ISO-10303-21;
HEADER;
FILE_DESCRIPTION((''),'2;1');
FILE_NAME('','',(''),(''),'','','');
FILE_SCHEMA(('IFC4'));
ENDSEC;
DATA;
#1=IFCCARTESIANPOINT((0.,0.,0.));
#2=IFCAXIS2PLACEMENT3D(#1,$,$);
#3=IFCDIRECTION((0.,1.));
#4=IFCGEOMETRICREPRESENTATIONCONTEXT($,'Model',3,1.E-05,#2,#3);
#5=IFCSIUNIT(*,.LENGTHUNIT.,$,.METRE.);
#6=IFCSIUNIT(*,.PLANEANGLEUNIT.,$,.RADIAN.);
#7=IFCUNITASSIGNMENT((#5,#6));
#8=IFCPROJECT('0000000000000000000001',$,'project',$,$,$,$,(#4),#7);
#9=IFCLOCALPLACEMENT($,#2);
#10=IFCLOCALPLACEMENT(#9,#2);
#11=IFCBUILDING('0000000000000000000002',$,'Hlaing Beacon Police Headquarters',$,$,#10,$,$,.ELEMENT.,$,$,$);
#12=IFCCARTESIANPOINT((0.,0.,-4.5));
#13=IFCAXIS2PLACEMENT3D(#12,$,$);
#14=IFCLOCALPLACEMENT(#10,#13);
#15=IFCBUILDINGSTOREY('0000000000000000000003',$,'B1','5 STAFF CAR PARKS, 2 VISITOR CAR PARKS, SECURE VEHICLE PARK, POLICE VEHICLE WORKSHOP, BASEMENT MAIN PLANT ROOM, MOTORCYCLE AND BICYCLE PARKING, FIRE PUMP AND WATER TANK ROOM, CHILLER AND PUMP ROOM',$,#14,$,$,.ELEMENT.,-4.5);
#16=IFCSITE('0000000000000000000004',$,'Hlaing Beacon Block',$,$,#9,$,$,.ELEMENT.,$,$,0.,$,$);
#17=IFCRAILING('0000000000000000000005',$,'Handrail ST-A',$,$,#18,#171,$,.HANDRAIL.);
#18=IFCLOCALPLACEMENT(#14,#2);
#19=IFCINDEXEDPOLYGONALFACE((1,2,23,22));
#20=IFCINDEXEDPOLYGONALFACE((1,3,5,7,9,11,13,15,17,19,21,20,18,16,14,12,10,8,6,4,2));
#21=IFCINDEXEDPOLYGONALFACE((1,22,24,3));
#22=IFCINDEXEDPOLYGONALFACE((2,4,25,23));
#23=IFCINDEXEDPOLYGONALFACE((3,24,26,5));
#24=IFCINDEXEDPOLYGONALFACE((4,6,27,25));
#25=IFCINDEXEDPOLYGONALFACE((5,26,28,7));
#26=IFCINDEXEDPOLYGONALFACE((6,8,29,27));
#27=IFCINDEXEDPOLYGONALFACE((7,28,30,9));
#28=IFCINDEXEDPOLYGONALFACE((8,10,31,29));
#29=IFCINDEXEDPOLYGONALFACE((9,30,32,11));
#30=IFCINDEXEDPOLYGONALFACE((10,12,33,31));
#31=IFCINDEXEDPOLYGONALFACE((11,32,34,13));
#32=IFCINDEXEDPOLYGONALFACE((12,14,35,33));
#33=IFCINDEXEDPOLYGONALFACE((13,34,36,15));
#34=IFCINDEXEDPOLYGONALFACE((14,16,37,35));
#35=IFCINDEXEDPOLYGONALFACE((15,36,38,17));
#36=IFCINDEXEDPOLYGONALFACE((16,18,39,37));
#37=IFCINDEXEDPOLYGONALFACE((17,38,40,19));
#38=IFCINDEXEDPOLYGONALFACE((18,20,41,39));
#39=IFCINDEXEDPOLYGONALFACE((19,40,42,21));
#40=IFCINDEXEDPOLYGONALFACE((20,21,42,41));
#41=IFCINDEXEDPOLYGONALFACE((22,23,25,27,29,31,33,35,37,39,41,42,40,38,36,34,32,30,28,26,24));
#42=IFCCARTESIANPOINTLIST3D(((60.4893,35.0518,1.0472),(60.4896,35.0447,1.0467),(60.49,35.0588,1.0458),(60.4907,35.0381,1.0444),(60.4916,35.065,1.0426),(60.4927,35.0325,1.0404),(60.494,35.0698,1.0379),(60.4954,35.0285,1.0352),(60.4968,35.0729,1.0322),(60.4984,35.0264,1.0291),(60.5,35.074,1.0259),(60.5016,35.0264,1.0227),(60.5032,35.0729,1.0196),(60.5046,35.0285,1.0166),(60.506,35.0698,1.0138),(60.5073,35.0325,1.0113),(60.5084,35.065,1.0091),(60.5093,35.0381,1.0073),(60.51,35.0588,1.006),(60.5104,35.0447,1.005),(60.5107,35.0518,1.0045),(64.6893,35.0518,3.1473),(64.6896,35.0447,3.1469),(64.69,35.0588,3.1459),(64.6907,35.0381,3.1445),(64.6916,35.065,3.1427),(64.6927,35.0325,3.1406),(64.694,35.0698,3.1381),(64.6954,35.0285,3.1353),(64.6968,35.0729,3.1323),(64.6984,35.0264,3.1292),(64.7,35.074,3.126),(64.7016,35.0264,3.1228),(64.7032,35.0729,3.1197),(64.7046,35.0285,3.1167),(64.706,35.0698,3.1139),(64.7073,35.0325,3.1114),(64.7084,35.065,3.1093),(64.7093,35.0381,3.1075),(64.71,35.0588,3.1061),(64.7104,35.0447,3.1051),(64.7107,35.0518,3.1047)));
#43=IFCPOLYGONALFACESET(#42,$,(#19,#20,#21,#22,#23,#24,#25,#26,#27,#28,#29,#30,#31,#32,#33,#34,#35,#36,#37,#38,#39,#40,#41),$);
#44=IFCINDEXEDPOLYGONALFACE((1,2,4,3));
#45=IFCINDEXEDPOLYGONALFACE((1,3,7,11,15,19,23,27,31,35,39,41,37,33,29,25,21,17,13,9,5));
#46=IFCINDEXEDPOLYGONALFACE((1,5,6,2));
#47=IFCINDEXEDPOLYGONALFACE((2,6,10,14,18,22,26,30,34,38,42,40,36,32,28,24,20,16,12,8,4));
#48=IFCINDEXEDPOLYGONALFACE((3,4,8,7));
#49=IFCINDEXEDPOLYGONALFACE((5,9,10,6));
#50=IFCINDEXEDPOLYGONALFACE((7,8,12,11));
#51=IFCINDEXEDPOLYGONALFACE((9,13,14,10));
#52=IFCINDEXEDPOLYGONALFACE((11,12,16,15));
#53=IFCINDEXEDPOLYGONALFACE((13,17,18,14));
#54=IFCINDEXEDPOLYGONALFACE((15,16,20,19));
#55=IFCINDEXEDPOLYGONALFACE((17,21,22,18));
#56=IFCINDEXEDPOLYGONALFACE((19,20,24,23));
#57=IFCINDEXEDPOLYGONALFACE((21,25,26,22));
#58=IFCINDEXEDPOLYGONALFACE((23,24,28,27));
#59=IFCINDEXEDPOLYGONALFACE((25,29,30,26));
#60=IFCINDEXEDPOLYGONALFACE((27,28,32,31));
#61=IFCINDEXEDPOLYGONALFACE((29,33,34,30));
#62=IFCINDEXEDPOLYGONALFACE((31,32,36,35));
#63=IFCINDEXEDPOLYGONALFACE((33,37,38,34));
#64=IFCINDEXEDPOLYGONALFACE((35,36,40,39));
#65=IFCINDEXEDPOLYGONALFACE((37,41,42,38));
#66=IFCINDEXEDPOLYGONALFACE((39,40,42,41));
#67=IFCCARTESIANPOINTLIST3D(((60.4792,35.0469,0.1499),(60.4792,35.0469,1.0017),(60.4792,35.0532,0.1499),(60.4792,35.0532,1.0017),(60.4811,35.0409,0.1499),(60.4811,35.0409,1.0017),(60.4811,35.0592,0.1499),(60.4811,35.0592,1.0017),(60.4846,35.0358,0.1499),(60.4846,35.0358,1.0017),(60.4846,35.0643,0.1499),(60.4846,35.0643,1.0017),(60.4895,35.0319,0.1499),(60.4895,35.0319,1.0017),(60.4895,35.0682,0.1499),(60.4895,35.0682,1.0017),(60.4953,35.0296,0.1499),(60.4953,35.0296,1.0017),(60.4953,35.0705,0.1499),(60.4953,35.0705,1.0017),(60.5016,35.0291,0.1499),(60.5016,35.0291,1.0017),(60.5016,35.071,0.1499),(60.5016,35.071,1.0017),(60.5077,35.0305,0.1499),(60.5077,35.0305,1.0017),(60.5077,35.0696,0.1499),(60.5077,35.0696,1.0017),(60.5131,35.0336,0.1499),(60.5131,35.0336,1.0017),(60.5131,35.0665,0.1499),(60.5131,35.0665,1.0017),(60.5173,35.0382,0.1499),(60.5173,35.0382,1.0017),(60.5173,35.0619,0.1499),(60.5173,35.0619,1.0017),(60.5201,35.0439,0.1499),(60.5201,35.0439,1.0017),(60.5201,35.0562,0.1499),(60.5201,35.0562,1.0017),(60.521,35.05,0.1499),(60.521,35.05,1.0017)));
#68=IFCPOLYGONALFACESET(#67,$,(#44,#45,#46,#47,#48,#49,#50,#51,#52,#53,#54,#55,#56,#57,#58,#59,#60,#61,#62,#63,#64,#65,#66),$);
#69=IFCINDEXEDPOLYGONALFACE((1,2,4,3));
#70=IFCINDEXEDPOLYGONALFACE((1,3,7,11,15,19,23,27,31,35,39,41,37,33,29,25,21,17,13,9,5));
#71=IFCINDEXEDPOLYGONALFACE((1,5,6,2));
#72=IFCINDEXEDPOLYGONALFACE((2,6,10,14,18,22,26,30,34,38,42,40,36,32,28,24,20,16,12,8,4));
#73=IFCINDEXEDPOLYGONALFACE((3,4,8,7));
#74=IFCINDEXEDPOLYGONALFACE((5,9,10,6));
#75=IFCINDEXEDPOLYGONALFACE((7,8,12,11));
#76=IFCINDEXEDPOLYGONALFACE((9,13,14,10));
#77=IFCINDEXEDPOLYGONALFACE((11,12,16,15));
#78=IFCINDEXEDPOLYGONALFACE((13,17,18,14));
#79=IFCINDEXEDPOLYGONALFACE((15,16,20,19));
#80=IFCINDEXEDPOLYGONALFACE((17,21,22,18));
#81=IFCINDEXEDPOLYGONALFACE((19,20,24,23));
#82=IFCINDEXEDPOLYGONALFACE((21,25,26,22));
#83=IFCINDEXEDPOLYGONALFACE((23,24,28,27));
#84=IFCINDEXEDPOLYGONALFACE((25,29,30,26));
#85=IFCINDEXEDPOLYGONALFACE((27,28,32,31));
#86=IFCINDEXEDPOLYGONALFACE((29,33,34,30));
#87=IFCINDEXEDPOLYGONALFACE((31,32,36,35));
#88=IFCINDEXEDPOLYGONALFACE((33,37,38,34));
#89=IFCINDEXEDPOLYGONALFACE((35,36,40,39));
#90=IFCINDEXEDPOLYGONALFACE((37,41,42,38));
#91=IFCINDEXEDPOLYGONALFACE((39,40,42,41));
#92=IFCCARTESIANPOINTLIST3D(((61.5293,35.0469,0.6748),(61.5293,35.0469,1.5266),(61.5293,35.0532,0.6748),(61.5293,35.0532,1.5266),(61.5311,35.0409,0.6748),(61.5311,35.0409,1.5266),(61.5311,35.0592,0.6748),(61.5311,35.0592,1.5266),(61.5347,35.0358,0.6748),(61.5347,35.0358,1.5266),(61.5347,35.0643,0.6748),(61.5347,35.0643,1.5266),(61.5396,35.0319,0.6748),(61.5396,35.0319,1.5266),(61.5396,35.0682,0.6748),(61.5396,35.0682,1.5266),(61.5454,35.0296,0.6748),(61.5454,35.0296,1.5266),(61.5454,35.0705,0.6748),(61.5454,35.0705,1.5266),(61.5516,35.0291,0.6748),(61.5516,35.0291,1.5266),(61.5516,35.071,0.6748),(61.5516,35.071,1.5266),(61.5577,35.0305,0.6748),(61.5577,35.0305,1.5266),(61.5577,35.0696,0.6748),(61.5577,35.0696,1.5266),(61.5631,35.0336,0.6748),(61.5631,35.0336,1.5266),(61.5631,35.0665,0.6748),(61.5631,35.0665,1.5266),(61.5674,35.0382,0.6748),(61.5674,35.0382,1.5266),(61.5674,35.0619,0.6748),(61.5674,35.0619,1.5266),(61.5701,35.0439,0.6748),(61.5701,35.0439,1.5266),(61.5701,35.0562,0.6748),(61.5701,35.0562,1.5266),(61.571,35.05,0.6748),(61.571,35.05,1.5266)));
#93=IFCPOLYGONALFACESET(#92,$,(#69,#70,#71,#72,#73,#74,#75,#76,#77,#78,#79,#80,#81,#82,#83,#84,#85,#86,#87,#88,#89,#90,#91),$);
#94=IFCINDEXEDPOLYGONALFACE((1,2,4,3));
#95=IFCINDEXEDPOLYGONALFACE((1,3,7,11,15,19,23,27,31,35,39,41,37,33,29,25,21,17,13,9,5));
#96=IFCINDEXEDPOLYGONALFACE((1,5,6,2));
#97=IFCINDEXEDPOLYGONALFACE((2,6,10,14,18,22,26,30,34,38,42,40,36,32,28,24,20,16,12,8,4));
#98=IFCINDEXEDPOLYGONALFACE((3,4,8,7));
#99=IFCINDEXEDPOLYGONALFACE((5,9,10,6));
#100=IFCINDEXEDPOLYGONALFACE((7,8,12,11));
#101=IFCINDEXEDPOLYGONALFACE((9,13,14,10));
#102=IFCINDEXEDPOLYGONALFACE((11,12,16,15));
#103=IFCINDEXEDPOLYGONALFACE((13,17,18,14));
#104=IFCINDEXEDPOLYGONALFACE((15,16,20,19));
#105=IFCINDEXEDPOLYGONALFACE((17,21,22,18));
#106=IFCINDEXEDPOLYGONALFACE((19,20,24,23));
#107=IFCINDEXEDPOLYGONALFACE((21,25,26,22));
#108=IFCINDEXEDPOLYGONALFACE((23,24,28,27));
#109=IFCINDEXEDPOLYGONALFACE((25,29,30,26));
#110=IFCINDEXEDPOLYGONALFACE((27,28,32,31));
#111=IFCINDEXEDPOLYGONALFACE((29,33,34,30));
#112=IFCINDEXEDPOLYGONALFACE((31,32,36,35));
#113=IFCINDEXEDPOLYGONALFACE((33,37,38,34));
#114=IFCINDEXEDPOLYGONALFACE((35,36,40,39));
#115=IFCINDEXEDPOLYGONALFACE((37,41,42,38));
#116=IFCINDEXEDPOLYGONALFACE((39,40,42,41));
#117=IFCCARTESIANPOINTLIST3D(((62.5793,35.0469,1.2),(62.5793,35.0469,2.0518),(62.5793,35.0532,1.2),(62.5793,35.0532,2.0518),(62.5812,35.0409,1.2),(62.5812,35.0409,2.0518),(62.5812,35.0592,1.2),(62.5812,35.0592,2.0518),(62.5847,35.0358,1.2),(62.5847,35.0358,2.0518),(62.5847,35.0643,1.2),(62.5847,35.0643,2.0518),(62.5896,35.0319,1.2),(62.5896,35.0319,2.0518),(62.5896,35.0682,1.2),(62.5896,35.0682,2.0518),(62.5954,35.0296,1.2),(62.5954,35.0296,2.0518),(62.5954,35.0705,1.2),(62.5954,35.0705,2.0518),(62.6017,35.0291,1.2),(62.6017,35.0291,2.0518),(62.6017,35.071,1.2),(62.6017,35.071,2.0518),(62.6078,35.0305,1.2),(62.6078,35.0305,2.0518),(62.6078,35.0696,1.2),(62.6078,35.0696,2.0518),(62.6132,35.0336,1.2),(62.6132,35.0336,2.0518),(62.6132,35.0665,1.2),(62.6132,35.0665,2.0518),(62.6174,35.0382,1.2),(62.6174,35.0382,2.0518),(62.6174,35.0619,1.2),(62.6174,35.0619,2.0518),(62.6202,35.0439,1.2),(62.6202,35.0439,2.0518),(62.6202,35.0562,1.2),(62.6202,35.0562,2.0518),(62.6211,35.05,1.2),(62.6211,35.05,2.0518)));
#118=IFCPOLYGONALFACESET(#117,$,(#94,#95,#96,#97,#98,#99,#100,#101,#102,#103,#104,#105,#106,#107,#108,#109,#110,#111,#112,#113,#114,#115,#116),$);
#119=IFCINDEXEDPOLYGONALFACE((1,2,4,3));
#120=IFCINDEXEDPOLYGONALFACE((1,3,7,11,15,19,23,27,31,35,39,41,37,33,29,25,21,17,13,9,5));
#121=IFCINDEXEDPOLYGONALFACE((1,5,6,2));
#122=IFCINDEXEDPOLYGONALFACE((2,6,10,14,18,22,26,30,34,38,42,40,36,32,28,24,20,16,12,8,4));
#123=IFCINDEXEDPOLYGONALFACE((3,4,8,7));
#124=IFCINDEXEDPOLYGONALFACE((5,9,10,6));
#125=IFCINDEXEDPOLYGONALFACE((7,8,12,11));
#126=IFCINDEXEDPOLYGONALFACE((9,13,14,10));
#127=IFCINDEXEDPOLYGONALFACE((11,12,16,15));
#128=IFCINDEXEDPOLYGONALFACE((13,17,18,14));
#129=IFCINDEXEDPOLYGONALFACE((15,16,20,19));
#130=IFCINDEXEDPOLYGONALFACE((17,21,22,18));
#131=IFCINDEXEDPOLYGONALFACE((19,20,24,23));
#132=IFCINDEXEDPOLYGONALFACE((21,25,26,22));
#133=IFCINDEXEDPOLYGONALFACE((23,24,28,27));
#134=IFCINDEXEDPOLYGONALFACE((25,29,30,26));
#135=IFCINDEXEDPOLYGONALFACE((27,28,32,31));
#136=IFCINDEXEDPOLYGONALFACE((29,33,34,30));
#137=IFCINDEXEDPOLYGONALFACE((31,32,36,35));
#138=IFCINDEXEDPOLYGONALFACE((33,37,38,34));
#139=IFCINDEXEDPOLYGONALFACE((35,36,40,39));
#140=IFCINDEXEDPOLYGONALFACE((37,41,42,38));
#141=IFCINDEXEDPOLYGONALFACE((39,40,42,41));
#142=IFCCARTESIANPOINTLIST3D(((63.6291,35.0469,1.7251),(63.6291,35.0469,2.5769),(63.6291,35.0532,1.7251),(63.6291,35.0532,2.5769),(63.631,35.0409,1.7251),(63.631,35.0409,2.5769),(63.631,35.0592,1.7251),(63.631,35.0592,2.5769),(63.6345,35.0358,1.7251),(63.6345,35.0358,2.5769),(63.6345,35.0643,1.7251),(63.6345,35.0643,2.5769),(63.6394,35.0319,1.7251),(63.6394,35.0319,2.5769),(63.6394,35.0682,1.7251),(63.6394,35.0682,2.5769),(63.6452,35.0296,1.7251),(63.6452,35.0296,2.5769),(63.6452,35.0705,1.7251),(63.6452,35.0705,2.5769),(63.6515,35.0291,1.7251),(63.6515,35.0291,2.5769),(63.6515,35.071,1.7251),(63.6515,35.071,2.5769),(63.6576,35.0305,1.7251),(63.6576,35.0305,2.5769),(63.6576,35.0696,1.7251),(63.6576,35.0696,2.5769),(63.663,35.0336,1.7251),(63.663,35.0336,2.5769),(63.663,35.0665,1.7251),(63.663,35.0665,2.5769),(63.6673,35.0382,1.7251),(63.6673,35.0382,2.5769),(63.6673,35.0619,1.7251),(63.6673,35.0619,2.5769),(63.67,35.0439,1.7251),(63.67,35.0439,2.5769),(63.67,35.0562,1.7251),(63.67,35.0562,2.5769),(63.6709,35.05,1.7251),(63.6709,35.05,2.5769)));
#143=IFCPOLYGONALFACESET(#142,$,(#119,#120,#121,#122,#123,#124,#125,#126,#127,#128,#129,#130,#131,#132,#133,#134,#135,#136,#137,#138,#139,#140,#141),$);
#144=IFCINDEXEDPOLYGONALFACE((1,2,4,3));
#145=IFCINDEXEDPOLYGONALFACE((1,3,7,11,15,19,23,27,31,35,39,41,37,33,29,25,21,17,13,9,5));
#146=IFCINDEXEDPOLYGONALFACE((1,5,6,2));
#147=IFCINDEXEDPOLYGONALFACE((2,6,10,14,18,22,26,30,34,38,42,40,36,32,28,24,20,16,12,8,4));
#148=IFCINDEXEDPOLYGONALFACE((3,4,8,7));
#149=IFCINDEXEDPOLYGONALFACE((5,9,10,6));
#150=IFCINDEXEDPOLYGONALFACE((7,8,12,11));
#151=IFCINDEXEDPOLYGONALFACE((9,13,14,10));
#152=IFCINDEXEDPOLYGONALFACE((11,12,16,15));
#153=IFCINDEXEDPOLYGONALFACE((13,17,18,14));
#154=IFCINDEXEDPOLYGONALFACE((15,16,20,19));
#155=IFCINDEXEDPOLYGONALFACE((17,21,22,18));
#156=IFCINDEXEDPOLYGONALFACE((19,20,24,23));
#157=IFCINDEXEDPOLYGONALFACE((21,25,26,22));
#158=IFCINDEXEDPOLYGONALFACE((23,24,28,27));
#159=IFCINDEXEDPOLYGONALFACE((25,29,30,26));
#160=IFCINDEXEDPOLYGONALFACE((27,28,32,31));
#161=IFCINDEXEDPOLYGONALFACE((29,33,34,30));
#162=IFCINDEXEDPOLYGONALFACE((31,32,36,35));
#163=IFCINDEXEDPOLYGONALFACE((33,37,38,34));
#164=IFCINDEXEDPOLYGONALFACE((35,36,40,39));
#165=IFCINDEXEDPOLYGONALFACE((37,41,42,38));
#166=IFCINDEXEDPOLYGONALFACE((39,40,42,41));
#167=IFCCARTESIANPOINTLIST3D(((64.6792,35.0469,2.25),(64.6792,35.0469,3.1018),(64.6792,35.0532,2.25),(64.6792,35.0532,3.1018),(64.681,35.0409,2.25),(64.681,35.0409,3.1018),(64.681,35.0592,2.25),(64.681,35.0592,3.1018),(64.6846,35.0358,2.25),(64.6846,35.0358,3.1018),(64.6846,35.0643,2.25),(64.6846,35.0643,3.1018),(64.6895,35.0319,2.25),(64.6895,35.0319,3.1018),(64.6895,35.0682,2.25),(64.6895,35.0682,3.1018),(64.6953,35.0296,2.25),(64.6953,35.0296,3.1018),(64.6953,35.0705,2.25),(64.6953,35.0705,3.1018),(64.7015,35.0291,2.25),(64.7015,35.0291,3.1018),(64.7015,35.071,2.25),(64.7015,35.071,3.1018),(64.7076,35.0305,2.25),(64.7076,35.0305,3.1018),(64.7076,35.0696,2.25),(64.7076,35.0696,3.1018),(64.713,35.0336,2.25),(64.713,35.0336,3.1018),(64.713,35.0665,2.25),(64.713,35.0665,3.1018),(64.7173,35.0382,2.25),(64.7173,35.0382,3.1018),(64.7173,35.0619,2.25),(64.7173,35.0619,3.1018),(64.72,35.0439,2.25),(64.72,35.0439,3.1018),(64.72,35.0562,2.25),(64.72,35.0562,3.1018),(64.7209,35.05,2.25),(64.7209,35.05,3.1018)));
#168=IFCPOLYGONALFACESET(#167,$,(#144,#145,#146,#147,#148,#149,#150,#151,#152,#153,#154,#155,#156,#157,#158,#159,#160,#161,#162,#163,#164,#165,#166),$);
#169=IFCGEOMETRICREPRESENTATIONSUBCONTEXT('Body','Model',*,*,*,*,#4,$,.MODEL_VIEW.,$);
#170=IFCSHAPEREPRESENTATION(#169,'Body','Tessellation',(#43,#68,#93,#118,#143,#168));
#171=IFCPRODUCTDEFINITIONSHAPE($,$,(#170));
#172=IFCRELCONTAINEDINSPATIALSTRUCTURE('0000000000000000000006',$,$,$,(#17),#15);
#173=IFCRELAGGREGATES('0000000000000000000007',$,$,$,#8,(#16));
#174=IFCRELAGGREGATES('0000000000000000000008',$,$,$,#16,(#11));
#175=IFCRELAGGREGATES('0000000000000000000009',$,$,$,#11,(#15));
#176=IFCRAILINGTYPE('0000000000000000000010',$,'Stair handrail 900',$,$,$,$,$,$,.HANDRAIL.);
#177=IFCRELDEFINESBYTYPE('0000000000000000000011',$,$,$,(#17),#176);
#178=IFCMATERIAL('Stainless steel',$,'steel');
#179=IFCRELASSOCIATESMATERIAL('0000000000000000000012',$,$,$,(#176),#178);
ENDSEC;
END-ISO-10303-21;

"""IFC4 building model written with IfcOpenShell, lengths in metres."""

from ifc_helpers import new_model, si_unit, direction, frame, origin, origin_2d, place, context, subcontext, project, spatial, circle, extrude, material, type_object, element, save


model = new_model("IFC4")

# Units and contexts
model_context = context("Model", 3, precision=1e-05, world=origin(), true_north=direction((0.0, 1.0)))
body_context = subcontext(model_context, "Body", "Model", "MODEL_VIEW")
ifc_project = project(units=[si_unit("LENGTHUNIT", "METRE"), si_unit("PLANEANGLEUNIT", "RADIAN")], contexts=[model_context])

# Site, building, storey
site_placement = place(None, origin())
site = spatial("IfcSite", under=ifc_project, at=site_placement, Name="Hlaing Beacon Block", CompositionType="ELEMENT", RefElevation=0.0)
building_placement = place(site_placement, origin())
building = spatial("IfcBuilding", under=site, at=building_placement, Name="Hlaing Beacon Police Headquarters", CompositionType="ELEMENT")
storey_placement = place(building_placement, frame((0.0, 0.0, -4.5)))
storey = spatial("IfcBuildingStorey", under=building, at=storey_placement, Name="B1", Description="5 STAFF CAR PARKS, 2 VISITOR CAR PARKS, SECURE VEHICLE PARK, POLICE VEHICLE WORKSHOP, BASEMENT MAIN PLANT ROOM, MOTORCYCLE AND BICYCLE PARKING, FIRE PUMP AND WATER TANK ROOM, CHILLER AND PUMP ROOM", CompositionType="ELEMENT", Elevation=-4.5)

# Railing
ifc_material_1 = material(Name="Stainless steel", Category="steel")
railing_type = type_object("IfcRailingType", Name="Stair handrail 900", PredefinedType="HANDRAIL", material=ifc_material_1)
for number, where, name in (
    (1, (60.5, 35.05, 0.1499), "Handrail ST-A"),
):
    element("IfcRailing", number, at=place(storey_placement, frame(where)), inside=storey, type_object=railing_type, Name=name, PredefinedType="HANDRAIL", context=body_context, shape_type="SweptSolid", body=[
        extrude(circle(Radius=0.0239, at=origin_2d()), frame((0.0, 0.0, 0.876), z_axis=(0.894417, 0.0, 0.447234), x_axis=(0.0, 1.0, 0.0)), (0.0, 0.0, 1.0), 4.6958),
        extrude(circle(Radius=0.021, at=origin_2d()), origin(), (0.0, 0.0, 1.0), 0.8518),
        extrude(circle(Radius=0.021, at=origin_2d()), frame((1.05, 0.0, 0.5249)), (0.0, 0.0, 1.0), 0.8518),
        extrude(circle(Radius=0.021, at=origin_2d()), frame((2.1001, 0.0, 1.05)), (0.0, 0.0, 1.0), 0.8518),
        extrude(circle(Radius=0.021, at=origin_2d()), frame((3.1499, 0.0, 1.5752)), (0.0, 0.0, 1.0), 0.8518),
        extrude(circle(Radius=0.021, at=origin_2d()), frame((4.2, 0.0, 2.1001)), (0.0, 0.0, 1.0), 0.8518),
    ])

save(model, "model.ifc")
